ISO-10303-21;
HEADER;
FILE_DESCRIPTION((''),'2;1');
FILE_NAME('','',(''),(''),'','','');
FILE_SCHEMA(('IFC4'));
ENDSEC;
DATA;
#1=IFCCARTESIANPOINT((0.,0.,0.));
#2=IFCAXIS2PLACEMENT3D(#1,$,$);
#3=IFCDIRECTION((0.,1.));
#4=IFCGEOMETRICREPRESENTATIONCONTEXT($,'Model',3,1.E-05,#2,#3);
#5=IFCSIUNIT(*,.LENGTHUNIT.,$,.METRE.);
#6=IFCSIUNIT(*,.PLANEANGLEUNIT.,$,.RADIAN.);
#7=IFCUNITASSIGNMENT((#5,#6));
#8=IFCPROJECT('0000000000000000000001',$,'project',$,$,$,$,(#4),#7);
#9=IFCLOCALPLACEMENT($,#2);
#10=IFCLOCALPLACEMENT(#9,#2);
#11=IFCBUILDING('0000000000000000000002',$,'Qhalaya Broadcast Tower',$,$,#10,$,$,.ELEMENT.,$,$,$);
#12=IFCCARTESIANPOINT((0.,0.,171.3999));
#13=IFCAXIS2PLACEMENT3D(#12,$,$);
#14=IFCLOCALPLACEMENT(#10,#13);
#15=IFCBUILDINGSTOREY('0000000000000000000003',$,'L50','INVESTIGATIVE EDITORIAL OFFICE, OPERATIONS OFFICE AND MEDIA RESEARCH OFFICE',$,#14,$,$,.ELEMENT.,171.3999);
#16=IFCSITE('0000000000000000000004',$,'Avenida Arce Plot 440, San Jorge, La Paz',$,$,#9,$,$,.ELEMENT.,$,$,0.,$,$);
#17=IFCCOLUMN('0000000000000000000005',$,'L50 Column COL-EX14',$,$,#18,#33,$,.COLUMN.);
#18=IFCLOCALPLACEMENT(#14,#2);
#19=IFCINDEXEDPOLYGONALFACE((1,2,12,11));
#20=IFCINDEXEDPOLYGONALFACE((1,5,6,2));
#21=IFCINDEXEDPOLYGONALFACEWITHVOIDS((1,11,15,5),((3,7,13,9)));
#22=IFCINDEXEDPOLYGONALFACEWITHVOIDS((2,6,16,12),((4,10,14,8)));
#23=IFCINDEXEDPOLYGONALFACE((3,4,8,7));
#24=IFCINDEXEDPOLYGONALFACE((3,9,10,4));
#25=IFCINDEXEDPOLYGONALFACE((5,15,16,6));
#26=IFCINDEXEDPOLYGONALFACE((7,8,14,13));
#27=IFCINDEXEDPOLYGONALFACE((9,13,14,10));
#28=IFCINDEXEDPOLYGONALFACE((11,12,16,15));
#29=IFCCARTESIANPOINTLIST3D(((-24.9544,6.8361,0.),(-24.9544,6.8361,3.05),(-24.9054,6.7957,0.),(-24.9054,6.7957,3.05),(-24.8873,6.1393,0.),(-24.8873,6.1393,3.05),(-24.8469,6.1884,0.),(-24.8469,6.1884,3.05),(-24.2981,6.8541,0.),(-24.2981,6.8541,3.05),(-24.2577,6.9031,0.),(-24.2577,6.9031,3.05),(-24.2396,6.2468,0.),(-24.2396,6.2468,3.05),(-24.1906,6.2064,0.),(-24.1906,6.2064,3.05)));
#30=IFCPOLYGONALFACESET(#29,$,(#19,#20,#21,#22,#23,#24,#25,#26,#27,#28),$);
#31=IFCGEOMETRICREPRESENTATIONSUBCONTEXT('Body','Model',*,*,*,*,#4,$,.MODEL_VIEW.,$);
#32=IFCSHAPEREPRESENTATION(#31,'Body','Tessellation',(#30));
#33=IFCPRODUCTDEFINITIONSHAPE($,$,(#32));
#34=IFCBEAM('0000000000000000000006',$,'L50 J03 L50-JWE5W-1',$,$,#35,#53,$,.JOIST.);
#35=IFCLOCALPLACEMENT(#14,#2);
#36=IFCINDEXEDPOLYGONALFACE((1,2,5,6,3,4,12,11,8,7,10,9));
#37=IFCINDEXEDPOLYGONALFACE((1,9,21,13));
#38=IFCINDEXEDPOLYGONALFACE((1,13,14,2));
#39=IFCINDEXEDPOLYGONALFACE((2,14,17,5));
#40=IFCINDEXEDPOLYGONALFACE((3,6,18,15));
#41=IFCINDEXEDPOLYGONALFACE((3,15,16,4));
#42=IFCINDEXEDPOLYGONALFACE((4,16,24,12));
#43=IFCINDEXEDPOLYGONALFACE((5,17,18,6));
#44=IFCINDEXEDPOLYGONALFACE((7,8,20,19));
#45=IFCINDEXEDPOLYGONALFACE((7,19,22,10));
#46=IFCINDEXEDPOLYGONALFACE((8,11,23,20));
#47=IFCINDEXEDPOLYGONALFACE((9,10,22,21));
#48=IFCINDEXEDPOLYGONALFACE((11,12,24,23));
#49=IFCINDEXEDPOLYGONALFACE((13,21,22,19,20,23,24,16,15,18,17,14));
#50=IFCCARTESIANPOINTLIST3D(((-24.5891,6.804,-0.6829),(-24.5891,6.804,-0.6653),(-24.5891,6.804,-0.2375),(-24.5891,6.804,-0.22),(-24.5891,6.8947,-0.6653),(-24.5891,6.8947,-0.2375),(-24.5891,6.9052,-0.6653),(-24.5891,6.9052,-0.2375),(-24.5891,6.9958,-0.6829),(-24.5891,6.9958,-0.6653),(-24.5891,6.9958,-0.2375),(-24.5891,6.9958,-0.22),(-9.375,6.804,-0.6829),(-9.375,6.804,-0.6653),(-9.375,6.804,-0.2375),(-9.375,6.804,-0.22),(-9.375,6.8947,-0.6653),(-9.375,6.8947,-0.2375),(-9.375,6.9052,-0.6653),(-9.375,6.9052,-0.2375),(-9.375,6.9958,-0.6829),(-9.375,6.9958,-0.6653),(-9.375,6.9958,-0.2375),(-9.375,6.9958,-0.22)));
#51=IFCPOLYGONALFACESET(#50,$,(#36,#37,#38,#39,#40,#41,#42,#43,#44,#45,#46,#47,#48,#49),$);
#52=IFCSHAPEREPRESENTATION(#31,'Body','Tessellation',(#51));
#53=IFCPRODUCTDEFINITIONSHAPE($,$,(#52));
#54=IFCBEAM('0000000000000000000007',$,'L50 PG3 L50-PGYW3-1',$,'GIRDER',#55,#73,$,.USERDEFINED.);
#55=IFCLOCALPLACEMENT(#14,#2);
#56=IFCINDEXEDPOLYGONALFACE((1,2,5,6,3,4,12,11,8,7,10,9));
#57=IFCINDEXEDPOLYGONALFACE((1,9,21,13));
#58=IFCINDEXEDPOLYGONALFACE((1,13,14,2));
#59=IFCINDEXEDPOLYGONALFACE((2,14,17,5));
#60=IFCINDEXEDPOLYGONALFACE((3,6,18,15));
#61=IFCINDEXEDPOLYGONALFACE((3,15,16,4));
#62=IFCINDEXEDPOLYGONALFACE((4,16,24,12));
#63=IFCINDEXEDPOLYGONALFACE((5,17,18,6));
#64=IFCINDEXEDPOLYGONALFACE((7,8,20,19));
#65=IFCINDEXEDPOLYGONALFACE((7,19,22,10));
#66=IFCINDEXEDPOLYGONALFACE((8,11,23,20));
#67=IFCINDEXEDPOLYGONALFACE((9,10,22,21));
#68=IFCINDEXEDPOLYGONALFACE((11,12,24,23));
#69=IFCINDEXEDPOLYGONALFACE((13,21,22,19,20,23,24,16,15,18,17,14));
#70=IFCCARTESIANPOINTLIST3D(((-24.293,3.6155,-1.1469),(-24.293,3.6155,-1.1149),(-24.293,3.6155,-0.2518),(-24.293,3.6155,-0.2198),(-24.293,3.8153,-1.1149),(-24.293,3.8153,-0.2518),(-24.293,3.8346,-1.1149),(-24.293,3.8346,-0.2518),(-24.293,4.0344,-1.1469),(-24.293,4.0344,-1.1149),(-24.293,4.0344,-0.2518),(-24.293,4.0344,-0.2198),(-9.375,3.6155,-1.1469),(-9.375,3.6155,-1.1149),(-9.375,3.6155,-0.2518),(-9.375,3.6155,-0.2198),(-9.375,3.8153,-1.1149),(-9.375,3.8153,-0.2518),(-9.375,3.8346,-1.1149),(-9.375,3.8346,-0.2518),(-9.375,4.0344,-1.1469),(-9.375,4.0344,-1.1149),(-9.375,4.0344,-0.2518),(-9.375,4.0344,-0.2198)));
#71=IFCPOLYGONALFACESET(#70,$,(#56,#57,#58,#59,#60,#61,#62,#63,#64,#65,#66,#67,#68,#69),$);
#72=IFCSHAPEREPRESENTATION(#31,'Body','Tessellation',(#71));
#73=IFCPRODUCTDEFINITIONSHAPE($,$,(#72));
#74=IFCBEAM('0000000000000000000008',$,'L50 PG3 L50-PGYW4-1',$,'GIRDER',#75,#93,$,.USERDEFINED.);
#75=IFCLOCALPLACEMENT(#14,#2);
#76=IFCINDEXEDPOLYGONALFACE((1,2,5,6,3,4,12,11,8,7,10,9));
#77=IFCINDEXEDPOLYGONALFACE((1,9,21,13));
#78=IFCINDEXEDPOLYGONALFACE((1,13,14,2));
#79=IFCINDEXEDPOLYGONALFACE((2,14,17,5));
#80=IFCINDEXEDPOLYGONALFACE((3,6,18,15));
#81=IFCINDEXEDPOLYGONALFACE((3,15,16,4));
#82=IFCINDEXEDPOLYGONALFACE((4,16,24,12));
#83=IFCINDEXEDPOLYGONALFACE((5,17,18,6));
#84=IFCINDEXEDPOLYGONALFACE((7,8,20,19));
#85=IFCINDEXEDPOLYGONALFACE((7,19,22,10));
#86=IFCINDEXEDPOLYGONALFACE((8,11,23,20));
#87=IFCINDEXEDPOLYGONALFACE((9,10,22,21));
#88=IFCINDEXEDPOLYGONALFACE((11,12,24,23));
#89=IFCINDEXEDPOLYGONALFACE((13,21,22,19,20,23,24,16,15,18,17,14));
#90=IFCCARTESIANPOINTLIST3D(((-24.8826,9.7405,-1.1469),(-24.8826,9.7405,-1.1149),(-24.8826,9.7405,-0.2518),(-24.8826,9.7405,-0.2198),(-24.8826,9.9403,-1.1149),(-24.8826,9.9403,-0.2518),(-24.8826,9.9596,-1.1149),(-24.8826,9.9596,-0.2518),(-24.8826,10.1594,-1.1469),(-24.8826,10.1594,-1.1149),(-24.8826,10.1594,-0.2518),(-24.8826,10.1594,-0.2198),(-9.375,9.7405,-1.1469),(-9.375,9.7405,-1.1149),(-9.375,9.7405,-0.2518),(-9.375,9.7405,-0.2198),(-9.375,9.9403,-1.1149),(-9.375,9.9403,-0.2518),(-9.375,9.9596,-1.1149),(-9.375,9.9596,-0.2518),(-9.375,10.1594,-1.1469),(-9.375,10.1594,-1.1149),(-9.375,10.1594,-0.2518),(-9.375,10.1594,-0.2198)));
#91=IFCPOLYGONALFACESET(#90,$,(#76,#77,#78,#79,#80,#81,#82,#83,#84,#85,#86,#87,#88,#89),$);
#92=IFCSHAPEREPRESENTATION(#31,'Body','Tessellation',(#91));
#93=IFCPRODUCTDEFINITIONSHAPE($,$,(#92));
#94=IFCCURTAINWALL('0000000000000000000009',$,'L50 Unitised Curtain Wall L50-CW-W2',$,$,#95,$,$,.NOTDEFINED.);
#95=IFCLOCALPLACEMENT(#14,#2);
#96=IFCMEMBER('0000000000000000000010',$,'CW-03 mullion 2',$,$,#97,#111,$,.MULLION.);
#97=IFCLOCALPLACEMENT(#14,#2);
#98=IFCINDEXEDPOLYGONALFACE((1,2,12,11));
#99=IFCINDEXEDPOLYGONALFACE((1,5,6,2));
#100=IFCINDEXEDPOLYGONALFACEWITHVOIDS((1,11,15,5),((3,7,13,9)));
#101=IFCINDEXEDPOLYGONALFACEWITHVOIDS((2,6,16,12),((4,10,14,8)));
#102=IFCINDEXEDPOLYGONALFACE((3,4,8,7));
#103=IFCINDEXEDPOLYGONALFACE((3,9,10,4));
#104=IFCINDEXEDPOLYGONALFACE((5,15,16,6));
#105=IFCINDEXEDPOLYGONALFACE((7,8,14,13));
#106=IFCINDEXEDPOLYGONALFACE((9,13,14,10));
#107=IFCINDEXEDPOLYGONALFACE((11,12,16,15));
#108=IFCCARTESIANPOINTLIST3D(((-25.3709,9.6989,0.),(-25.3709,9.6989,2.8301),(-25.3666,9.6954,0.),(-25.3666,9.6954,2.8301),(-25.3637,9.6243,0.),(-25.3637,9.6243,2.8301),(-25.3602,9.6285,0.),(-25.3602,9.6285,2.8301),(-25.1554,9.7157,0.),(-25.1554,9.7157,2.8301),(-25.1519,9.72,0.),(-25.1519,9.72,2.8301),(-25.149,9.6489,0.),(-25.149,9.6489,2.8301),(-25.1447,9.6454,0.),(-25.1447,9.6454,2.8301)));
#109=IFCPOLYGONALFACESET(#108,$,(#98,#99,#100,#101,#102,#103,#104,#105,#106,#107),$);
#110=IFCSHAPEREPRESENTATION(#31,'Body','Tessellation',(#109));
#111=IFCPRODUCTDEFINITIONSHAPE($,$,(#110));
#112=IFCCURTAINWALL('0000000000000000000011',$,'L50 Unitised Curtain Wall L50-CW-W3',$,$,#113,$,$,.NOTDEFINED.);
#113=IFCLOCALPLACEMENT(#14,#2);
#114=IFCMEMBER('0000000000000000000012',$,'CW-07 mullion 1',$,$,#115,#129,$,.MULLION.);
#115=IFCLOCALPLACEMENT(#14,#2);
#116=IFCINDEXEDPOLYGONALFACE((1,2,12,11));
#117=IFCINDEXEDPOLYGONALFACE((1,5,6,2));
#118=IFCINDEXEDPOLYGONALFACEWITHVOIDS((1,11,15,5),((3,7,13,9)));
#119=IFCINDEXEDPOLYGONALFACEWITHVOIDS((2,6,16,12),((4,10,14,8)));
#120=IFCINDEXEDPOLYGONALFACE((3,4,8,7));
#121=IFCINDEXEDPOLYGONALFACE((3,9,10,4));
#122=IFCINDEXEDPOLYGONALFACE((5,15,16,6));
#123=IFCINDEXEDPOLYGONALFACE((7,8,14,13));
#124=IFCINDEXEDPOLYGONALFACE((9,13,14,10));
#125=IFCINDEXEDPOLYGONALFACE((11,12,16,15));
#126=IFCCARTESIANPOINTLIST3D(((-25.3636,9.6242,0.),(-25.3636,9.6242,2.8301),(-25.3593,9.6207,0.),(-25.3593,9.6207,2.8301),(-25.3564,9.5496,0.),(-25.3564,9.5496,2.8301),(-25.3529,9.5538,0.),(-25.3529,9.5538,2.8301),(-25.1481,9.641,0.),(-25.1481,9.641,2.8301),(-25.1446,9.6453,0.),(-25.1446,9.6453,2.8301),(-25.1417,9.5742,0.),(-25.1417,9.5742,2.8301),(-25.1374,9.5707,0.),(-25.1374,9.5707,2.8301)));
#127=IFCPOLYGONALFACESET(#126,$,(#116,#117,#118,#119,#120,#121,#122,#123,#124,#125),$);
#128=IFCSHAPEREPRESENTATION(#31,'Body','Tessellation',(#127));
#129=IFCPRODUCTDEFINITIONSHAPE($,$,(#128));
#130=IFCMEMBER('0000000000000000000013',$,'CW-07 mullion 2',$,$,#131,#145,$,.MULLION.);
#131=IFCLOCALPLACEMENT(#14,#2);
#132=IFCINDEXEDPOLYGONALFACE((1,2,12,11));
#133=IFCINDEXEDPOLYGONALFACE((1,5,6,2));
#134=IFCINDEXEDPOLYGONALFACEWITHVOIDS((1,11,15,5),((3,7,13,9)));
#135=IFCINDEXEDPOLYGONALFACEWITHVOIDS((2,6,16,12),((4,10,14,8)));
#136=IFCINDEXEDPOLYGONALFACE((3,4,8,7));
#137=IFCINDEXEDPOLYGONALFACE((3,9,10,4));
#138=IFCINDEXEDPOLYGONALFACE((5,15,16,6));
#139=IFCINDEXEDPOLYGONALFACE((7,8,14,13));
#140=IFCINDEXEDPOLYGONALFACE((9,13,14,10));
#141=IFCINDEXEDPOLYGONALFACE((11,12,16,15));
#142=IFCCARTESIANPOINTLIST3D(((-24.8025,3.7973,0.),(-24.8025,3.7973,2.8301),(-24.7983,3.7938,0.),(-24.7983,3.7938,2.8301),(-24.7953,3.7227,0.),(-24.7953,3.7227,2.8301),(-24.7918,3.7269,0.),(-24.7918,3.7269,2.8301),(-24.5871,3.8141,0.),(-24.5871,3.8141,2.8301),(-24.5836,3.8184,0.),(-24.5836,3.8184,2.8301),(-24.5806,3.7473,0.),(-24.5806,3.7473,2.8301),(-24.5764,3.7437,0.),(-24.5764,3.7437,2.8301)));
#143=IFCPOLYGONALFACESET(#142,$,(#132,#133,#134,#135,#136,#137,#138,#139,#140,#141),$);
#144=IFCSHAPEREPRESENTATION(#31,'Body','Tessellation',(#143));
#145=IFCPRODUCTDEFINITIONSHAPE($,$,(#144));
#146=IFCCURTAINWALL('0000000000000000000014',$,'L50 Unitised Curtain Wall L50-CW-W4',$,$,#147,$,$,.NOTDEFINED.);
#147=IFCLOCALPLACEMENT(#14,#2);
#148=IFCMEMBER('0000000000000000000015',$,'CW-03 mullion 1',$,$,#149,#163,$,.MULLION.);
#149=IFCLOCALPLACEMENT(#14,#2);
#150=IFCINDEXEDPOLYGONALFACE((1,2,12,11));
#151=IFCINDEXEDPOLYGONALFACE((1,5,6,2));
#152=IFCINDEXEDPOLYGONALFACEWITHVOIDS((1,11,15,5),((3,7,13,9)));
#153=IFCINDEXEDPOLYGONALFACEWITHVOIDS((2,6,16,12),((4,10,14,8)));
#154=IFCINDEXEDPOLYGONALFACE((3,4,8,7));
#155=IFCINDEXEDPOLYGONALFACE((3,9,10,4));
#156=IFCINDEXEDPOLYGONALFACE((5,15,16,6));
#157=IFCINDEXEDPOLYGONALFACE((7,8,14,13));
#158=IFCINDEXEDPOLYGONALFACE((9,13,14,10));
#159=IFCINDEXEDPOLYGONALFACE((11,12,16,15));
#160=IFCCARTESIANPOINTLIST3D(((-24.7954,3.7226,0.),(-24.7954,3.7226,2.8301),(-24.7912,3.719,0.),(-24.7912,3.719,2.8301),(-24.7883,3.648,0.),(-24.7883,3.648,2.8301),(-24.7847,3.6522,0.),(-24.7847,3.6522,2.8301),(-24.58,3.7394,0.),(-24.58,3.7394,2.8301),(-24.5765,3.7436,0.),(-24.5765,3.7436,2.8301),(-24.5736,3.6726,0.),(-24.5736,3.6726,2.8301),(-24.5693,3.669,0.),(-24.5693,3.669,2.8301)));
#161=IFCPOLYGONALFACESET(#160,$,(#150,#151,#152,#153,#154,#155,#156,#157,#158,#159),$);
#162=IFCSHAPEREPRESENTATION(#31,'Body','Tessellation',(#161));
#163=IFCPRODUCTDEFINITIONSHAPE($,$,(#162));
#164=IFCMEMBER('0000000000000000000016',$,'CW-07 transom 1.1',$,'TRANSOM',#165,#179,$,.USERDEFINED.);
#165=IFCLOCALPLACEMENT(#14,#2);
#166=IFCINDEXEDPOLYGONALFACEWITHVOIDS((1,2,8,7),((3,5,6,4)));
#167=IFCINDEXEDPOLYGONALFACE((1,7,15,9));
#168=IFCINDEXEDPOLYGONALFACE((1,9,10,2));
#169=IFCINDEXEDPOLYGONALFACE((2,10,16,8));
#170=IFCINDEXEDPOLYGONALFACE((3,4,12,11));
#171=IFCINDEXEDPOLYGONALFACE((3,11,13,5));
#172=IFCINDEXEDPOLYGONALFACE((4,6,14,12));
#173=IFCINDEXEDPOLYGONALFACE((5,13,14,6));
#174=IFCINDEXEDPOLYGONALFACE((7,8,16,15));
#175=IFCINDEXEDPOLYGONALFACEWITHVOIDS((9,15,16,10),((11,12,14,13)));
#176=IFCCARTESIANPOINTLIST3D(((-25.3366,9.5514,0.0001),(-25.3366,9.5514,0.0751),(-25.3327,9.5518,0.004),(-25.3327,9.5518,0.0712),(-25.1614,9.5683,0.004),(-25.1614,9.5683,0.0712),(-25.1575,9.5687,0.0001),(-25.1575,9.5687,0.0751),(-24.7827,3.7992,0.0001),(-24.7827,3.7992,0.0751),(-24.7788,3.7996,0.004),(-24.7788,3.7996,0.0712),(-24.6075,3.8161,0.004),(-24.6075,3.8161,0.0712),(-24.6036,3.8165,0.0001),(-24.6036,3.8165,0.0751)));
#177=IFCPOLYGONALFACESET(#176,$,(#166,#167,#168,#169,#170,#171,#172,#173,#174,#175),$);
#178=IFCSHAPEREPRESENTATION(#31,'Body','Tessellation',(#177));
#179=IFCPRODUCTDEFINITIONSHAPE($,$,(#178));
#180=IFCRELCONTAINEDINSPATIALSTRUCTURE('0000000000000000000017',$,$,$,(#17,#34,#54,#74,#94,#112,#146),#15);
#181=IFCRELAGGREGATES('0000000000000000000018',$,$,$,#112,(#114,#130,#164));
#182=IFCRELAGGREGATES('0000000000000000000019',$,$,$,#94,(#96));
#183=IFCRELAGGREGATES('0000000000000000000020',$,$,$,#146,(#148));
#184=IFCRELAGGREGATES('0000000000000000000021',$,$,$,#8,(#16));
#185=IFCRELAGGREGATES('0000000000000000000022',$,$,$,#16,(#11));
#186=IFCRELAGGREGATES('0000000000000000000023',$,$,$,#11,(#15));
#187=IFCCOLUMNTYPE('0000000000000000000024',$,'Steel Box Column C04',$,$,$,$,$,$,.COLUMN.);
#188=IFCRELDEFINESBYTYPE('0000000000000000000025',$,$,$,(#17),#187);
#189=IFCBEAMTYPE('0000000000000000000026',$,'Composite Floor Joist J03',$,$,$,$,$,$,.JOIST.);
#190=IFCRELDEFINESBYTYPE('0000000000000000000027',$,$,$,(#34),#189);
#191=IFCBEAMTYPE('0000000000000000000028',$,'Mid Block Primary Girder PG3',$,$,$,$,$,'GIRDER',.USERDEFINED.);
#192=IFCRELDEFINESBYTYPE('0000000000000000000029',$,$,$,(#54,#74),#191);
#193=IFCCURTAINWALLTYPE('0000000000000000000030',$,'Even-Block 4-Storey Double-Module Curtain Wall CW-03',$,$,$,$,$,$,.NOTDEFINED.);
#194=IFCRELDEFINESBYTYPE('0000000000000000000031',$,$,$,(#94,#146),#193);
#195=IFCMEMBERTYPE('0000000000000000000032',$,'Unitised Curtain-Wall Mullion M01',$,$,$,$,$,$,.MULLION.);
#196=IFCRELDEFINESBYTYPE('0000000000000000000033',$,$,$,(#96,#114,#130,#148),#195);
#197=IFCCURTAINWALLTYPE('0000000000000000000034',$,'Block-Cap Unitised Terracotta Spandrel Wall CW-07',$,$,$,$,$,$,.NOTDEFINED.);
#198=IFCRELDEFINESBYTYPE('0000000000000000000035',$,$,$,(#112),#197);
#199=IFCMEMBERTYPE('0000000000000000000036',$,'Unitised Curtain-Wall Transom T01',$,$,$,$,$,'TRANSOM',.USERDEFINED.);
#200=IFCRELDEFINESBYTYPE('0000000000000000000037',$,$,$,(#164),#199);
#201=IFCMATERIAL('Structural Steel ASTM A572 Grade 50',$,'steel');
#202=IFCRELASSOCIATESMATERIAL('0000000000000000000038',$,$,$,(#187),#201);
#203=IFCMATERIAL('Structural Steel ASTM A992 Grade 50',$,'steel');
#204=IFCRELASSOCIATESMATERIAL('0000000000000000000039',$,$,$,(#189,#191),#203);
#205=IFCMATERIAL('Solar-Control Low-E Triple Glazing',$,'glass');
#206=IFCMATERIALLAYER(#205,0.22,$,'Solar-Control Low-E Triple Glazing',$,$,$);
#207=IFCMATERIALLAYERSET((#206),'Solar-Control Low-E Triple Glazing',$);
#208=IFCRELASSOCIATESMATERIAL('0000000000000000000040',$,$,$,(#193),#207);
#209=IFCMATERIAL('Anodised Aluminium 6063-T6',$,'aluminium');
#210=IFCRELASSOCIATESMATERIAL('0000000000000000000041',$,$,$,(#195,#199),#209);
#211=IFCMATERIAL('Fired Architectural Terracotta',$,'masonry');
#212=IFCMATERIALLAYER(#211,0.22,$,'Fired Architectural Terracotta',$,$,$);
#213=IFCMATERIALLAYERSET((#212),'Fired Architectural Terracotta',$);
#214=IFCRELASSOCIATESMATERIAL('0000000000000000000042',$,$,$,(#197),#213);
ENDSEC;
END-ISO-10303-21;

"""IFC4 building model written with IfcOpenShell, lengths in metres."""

from ifc_helpers import new_model, si_unit, direction, frame, origin, origin_2d, place, context, subcontext, project, spatial, hollow_rectangle, i_section, extrude, material, layer, layer_set, material_profile, profile_set, type_object, element, aggregate, save


model = new_model("IFC4")

# Units and contexts
model_context = context("Model", 3, precision=1e-05, world=origin(), true_north=direction((0.0, 1.0)))
body_context = subcontext(model_context, "Body", "Model", "MODEL_VIEW")
ifc_project = project(units=[si_unit("LENGTHUNIT", "METRE"), si_unit("PLANEANGLEUNIT", "RADIAN")], contexts=[model_context])

# Site, building, storey
site_placement = place(None, origin())
site = spatial("IfcSite", under=ifc_project, at=site_placement, Name="Avenida Arce Plot 440, San Jorge, La Paz", CompositionType="ELEMENT", RefElevation=0.0)
building_placement = place(site_placement, origin())
building = spatial("IfcBuilding", under=site, at=building_placement, Name="Qhalaya Broadcast Tower", CompositionType="ELEMENT")
storey_placement = place(building_placement, frame((0.0, 0.0, 171.3999)))
storey = spatial("IfcBuildingStorey", under=building, at=storey_placement, Name="L50", Description="INVESTIGATIVE EDITORIAL OFFICE, OPERATIONS OFFICE AND MEDIA RESEARCH OFFICE", CompositionType="ELEMENT", Elevation=171.3999)

# Column
ifc_material_1 = material(Name="Structural Steel ASTM A572 Grade 50", Category="steel")
ifc_material_profile_1 = material_profile(ifc_material_1, hollow_rectangle(XDim=0.7, YDim=0.7, WallThickness=0.0449, at=origin_2d()), Name="BOX 700x700x45")
ifc_profile_set_1 = profile_set([ifc_material_profile_1], Name="Structural Steel ASTM A572 Grade 50")
column_type = type_object("IfcColumnType", Name="Steel Box Column C04", PredefinedType="COLUMN", material=ifc_profile_set_1)
column_placement = place(storey_placement, frame((-24.5725, 6.5212, 0.0), z_axis=(0.0, 0.0, 1.0), x_axis=(-0.095846, 0.995396, 0.0)))
element("IfcColumn", 1, at=column_placement, inside=storey, type_object=column_type, Name="L50 Column COL-EX14", PredefinedType="COLUMN", context=body_context, shape_type="SweptSolid", body=[
    extrude(hollow_rectangle(XDim=0.7, YDim=0.7, WallThickness=0.0449, at=origin_2d()), origin(), (0.0, 0.0, 1.0), 3.05),
])

# Beams
ifc_material_2 = material(Name="Structural Steel ASTM A992 Grade 50", Category="steel")
ifc_material_profile_2 = material_profile(ifc_material_2, i_section(OverallWidth=0.1919, OverallDepth=0.4629, WebThickness=0.0105, FlangeThickness=0.0176, at=origin_2d()), Name="W18X60")
ifc_profile_set_2 = profile_set([ifc_material_profile_2], Name="Structural Steel ASTM A992 Grade 50")
beam_type_1 = type_object("IfcBeamType", Name="Composite Floor Joist J03", PredefinedType="JOIST", material=ifc_profile_set_2)
beam_1_placement = place(storey_placement, frame((-24.5891, 6.8999, -0.4514), z_axis=(1.0, 0.0, 0.0), x_axis=(0.0, 1.0, 0.0)))
element("IfcBeam", 2, at=beam_1_placement, inside=storey, type_object=beam_type_1, Name="L50 J03 L50-JWE5W-1", PredefinedType="JOIST", context=body_context, shape_type="SweptSolid", body=[
    extrude(i_section(OverallWidth=0.1919, OverallDepth=0.4629, WebThickness=0.0105, FlangeThickness=0.0176, at=origin_2d()), origin(), (0.0, 0.0, 1.0), 15.2141),
])
ifc_material_profile_3 = material_profile(ifc_material_2, i_section(OverallWidth=0.4189, OverallDepth=0.927, WebThickness=0.0193, FlangeThickness=0.032, at=origin_2d()), Name="W36X231")
ifc_profile_set_3 = profile_set([ifc_material_profile_3], Name="Structural Steel ASTM A992 Grade 50")
beam_type_2 = type_object("IfcBeamType", Name="Mid Block Primary Girder PG3", ElementType="GIRDER", PredefinedType="USERDEFINED", material=ifc_profile_set_3)
beam_2_placement = place(storey_placement, frame((-24.293, 3.825, -0.6833), z_axis=(1.0, 0.0, 0.0), x_axis=(0.0, 1.0, 0.0)))
element("IfcBeam", 3, at=beam_2_placement, inside=storey, type_object=beam_type_2, Name="L50 PG3 L50-PGYW3-1", ObjectType="GIRDER", PredefinedType="USERDEFINED", context=body_context, shape_type="SweptSolid", body=[
    extrude(i_section(OverallWidth=0.4189, OverallDepth=0.927, WebThickness=0.0193, FlangeThickness=0.032, at=origin_2d()), origin(), (0.0, 0.0, 1.0), 14.918),
])
beam_3_placement = place(storey_placement, frame((-24.8826, 9.95, -0.6833), z_axis=(1.0, 0.0, 0.0), x_axis=(0.0, 1.0, 0.0)))
element("IfcBeam", 4, at=beam_3_placement, inside=storey, type_object=beam_type_2, Name="L50 PG3 L50-PGYW4-1", ObjectType="GIRDER", PredefinedType="USERDEFINED", context=body_context, shape_type="SweptSolid", body=[
    extrude(i_section(OverallWidth=0.4189, OverallDepth=0.927, WebThickness=0.0193, FlangeThickness=0.032, at=origin_2d()), origin(), (0.0, 0.0, 1.0), 15.5076),
])

# Curtain wall, member
ifc_material_3 = material(Name="Solar-Control Low-E Triple Glazing", Category="glass")
ifc_layer_1 = layer(ifc_material_3, 0.22, Name="Solar-Control Low-E Triple Glazing")
ifc_layer_set_1 = layer_set([ifc_layer_1], Name="Solar-Control Low-E Triple Glazing")
curtain_wall_type_1 = type_object("IfcCurtainWallType", Name="Even-Block 4-Storey Double-Module Curtain Wall CW-03", PredefinedType="NOTDEFINED", material=ifc_layer_set_1)
curtain_wall_1_placement = place(storey_placement, origin())
curtain_wall_1 = element("IfcCurtainWall", 5, at=curtain_wall_1_placement, inside=storey, type_object=curtain_wall_type_1, Name="L50 Unitised Curtain Wall L50-CW-W2", PredefinedType="NOTDEFINED")
ifc_material_4 = material(Name="Anodised Aluminium 6063-T6", Category="aluminium")
ifc_material_profile_4 = material_profile(ifc_material_4, hollow_rectangle(XDim=0.075, YDim=0.22, WallThickness=0.0039, at=origin_2d()), Name="ALU-MUL 75x220x4")
ifc_profile_set_4 = profile_set([ifc_material_profile_4], Name="Anodised Aluminium 6063-T6")
member_type_1 = type_object("IfcMemberType", Name="Unitised Curtain-Wall Mullion M01", PredefinedType="MULLION", material=ifc_profile_set_4)
member_1_placement = place(storey_placement, frame((-25.2578, 9.6721, 0.0), z_axis=(0.0, 0.0, 1.0), x_axis=(0.09583, -0.995398, 0.0)))
member_1 = element("IfcMember", 6, at=member_1_placement, type_object=member_type_1, Name="CW-03 mullion 2", PredefinedType="MULLION", context=body_context, shape_type="SweptSolid", body=[
    extrude(hollow_rectangle(XDim=0.075, YDim=0.22, WallThickness=0.0039, at=origin_2d()), origin(), (0.0, 0.0, 1.0), 2.8301),
])

# Curtain wall, members
ifc_material_5 = material(Name="Fired Architectural Terracotta", Category="masonry")
ifc_layer_2 = layer(ifc_material_5, 0.22, Name="Fired Architectural Terracotta")
ifc_layer_set_2 = layer_set([ifc_layer_2], Name="Fired Architectural Terracotta")
curtain_wall_type_2 = type_object("IfcCurtainWallType", Name="Block-Cap Unitised Terracotta Spandrel Wall CW-07", PredefinedType="NOTDEFINED", material=ifc_layer_set_2)
curtain_wall_2_placement = place(storey_placement, origin())
curtain_wall_2 = element("IfcCurtainWall", 7, at=curtain_wall_2_placement, inside=storey, type_object=curtain_wall_type_2, Name="L50 Unitised Curtain Wall L50-CW-W3", PredefinedType="NOTDEFINED")
member_2_placement = place(storey_placement, frame((-25.2505, 9.5974, 0.0), z_axis=(0.0, 0.0, 1.0), x_axis=(0.095851, -0.995396, 0.0)))
member_2 = element("IfcMember", 8, at=member_2_placement, type_object=member_type_1, Name="CW-07 mullion 1", PredefinedType="MULLION", context=body_context, shape_type="SweptSolid", body=[
    extrude(hollow_rectangle(XDim=0.075, YDim=0.22, WallThickness=0.0039, at=origin_2d()), origin(), (0.0, 0.0, 1.0), 2.8301),
])
member_3_placement = place(storey_placement, frame((-24.6895, 3.7705, 0.0), z_axis=(0.0, 0.0, 1.0), x_axis=(0.095851, -0.995396, 0.0)))
member_3 = element("IfcMember", 9, at=member_3_placement, type_object=member_type_1, Name="CW-07 mullion 2", PredefinedType="MULLION", context=body_context, shape_type="SweptSolid", body=[
    extrude(hollow_rectangle(XDim=0.075, YDim=0.22, WallThickness=0.0039, at=origin_2d()), origin(), (0.0, 0.0, 1.0), 2.8301),
])

# Curtain wall, member
curtain_wall_3_placement = place(storey_placement, origin())
curtain_wall_3 = element("IfcCurtainWall", 10, at=curtain_wall_3_placement, inside=storey, type_object=curtain_wall_type_1, Name="L50 Unitised Curtain Wall L50-CW-W4", PredefinedType="NOTDEFINED")
member_4_placement = place(storey_placement, frame((-24.6824, 3.6958, 0.0), z_axis=(0.0, 0.0, 1.0), x_axis=(0.095855, -0.995395, 0.0)))
member_4 = element("IfcMember", 11, at=member_4_placement, type_object=member_type_1, Name="CW-03 mullion 1", PredefinedType="MULLION", context=body_context, shape_type="SweptSolid", body=[
    extrude(hollow_rectangle(XDim=0.075, YDim=0.22, WallThickness=0.0039, at=origin_2d()), origin(), (0.0, 0.0, 1.0), 2.8301),
])

# Member
ifc_material_profile_5 = material_profile(ifc_material_4, hollow_rectangle(XDim=0.075, YDim=0.1799, WallThickness=0.0039, at=origin_2d()), Name="ALU-TRN 75x180x4")
ifc_profile_set_5 = profile_set([ifc_material_profile_5], Name="Anodised Aluminium 6063-T6")
member_type_2 = type_object("IfcMemberType", Name="Unitised Curtain-Wall Transom T01", ElementType="TRANSOM", PredefinedType="USERDEFINED", material=ifc_profile_set_5)
member_5_placement = place(storey_placement, frame((-25.2471, 9.5601, 0.0376), z_axis=(0.09586, -0.995395, 0.0), x_axis=(0.0, 0.0, 1.0)))
member_5 = element("IfcMember", 12, at=member_5_placement, type_object=member_type_2, Name="CW-07 transom 1.1", ObjectType="TRANSOM", PredefinedType="USERDEFINED", context=body_context, shape_type="SweptSolid", body=[
    extrude(hollow_rectangle(XDim=0.075, YDim=0.1799, WallThickness=0.0039, at=origin_2d()), origin(), (0.0, 0.0, 1.0), 5.7788),
])

aggregate(curtain_wall_2, [member_2, member_3, member_5])
aggregate(curtain_wall_1, [member_1])
aggregate(curtain_wall_3, [member_4])

save(model, "model.ifc")
